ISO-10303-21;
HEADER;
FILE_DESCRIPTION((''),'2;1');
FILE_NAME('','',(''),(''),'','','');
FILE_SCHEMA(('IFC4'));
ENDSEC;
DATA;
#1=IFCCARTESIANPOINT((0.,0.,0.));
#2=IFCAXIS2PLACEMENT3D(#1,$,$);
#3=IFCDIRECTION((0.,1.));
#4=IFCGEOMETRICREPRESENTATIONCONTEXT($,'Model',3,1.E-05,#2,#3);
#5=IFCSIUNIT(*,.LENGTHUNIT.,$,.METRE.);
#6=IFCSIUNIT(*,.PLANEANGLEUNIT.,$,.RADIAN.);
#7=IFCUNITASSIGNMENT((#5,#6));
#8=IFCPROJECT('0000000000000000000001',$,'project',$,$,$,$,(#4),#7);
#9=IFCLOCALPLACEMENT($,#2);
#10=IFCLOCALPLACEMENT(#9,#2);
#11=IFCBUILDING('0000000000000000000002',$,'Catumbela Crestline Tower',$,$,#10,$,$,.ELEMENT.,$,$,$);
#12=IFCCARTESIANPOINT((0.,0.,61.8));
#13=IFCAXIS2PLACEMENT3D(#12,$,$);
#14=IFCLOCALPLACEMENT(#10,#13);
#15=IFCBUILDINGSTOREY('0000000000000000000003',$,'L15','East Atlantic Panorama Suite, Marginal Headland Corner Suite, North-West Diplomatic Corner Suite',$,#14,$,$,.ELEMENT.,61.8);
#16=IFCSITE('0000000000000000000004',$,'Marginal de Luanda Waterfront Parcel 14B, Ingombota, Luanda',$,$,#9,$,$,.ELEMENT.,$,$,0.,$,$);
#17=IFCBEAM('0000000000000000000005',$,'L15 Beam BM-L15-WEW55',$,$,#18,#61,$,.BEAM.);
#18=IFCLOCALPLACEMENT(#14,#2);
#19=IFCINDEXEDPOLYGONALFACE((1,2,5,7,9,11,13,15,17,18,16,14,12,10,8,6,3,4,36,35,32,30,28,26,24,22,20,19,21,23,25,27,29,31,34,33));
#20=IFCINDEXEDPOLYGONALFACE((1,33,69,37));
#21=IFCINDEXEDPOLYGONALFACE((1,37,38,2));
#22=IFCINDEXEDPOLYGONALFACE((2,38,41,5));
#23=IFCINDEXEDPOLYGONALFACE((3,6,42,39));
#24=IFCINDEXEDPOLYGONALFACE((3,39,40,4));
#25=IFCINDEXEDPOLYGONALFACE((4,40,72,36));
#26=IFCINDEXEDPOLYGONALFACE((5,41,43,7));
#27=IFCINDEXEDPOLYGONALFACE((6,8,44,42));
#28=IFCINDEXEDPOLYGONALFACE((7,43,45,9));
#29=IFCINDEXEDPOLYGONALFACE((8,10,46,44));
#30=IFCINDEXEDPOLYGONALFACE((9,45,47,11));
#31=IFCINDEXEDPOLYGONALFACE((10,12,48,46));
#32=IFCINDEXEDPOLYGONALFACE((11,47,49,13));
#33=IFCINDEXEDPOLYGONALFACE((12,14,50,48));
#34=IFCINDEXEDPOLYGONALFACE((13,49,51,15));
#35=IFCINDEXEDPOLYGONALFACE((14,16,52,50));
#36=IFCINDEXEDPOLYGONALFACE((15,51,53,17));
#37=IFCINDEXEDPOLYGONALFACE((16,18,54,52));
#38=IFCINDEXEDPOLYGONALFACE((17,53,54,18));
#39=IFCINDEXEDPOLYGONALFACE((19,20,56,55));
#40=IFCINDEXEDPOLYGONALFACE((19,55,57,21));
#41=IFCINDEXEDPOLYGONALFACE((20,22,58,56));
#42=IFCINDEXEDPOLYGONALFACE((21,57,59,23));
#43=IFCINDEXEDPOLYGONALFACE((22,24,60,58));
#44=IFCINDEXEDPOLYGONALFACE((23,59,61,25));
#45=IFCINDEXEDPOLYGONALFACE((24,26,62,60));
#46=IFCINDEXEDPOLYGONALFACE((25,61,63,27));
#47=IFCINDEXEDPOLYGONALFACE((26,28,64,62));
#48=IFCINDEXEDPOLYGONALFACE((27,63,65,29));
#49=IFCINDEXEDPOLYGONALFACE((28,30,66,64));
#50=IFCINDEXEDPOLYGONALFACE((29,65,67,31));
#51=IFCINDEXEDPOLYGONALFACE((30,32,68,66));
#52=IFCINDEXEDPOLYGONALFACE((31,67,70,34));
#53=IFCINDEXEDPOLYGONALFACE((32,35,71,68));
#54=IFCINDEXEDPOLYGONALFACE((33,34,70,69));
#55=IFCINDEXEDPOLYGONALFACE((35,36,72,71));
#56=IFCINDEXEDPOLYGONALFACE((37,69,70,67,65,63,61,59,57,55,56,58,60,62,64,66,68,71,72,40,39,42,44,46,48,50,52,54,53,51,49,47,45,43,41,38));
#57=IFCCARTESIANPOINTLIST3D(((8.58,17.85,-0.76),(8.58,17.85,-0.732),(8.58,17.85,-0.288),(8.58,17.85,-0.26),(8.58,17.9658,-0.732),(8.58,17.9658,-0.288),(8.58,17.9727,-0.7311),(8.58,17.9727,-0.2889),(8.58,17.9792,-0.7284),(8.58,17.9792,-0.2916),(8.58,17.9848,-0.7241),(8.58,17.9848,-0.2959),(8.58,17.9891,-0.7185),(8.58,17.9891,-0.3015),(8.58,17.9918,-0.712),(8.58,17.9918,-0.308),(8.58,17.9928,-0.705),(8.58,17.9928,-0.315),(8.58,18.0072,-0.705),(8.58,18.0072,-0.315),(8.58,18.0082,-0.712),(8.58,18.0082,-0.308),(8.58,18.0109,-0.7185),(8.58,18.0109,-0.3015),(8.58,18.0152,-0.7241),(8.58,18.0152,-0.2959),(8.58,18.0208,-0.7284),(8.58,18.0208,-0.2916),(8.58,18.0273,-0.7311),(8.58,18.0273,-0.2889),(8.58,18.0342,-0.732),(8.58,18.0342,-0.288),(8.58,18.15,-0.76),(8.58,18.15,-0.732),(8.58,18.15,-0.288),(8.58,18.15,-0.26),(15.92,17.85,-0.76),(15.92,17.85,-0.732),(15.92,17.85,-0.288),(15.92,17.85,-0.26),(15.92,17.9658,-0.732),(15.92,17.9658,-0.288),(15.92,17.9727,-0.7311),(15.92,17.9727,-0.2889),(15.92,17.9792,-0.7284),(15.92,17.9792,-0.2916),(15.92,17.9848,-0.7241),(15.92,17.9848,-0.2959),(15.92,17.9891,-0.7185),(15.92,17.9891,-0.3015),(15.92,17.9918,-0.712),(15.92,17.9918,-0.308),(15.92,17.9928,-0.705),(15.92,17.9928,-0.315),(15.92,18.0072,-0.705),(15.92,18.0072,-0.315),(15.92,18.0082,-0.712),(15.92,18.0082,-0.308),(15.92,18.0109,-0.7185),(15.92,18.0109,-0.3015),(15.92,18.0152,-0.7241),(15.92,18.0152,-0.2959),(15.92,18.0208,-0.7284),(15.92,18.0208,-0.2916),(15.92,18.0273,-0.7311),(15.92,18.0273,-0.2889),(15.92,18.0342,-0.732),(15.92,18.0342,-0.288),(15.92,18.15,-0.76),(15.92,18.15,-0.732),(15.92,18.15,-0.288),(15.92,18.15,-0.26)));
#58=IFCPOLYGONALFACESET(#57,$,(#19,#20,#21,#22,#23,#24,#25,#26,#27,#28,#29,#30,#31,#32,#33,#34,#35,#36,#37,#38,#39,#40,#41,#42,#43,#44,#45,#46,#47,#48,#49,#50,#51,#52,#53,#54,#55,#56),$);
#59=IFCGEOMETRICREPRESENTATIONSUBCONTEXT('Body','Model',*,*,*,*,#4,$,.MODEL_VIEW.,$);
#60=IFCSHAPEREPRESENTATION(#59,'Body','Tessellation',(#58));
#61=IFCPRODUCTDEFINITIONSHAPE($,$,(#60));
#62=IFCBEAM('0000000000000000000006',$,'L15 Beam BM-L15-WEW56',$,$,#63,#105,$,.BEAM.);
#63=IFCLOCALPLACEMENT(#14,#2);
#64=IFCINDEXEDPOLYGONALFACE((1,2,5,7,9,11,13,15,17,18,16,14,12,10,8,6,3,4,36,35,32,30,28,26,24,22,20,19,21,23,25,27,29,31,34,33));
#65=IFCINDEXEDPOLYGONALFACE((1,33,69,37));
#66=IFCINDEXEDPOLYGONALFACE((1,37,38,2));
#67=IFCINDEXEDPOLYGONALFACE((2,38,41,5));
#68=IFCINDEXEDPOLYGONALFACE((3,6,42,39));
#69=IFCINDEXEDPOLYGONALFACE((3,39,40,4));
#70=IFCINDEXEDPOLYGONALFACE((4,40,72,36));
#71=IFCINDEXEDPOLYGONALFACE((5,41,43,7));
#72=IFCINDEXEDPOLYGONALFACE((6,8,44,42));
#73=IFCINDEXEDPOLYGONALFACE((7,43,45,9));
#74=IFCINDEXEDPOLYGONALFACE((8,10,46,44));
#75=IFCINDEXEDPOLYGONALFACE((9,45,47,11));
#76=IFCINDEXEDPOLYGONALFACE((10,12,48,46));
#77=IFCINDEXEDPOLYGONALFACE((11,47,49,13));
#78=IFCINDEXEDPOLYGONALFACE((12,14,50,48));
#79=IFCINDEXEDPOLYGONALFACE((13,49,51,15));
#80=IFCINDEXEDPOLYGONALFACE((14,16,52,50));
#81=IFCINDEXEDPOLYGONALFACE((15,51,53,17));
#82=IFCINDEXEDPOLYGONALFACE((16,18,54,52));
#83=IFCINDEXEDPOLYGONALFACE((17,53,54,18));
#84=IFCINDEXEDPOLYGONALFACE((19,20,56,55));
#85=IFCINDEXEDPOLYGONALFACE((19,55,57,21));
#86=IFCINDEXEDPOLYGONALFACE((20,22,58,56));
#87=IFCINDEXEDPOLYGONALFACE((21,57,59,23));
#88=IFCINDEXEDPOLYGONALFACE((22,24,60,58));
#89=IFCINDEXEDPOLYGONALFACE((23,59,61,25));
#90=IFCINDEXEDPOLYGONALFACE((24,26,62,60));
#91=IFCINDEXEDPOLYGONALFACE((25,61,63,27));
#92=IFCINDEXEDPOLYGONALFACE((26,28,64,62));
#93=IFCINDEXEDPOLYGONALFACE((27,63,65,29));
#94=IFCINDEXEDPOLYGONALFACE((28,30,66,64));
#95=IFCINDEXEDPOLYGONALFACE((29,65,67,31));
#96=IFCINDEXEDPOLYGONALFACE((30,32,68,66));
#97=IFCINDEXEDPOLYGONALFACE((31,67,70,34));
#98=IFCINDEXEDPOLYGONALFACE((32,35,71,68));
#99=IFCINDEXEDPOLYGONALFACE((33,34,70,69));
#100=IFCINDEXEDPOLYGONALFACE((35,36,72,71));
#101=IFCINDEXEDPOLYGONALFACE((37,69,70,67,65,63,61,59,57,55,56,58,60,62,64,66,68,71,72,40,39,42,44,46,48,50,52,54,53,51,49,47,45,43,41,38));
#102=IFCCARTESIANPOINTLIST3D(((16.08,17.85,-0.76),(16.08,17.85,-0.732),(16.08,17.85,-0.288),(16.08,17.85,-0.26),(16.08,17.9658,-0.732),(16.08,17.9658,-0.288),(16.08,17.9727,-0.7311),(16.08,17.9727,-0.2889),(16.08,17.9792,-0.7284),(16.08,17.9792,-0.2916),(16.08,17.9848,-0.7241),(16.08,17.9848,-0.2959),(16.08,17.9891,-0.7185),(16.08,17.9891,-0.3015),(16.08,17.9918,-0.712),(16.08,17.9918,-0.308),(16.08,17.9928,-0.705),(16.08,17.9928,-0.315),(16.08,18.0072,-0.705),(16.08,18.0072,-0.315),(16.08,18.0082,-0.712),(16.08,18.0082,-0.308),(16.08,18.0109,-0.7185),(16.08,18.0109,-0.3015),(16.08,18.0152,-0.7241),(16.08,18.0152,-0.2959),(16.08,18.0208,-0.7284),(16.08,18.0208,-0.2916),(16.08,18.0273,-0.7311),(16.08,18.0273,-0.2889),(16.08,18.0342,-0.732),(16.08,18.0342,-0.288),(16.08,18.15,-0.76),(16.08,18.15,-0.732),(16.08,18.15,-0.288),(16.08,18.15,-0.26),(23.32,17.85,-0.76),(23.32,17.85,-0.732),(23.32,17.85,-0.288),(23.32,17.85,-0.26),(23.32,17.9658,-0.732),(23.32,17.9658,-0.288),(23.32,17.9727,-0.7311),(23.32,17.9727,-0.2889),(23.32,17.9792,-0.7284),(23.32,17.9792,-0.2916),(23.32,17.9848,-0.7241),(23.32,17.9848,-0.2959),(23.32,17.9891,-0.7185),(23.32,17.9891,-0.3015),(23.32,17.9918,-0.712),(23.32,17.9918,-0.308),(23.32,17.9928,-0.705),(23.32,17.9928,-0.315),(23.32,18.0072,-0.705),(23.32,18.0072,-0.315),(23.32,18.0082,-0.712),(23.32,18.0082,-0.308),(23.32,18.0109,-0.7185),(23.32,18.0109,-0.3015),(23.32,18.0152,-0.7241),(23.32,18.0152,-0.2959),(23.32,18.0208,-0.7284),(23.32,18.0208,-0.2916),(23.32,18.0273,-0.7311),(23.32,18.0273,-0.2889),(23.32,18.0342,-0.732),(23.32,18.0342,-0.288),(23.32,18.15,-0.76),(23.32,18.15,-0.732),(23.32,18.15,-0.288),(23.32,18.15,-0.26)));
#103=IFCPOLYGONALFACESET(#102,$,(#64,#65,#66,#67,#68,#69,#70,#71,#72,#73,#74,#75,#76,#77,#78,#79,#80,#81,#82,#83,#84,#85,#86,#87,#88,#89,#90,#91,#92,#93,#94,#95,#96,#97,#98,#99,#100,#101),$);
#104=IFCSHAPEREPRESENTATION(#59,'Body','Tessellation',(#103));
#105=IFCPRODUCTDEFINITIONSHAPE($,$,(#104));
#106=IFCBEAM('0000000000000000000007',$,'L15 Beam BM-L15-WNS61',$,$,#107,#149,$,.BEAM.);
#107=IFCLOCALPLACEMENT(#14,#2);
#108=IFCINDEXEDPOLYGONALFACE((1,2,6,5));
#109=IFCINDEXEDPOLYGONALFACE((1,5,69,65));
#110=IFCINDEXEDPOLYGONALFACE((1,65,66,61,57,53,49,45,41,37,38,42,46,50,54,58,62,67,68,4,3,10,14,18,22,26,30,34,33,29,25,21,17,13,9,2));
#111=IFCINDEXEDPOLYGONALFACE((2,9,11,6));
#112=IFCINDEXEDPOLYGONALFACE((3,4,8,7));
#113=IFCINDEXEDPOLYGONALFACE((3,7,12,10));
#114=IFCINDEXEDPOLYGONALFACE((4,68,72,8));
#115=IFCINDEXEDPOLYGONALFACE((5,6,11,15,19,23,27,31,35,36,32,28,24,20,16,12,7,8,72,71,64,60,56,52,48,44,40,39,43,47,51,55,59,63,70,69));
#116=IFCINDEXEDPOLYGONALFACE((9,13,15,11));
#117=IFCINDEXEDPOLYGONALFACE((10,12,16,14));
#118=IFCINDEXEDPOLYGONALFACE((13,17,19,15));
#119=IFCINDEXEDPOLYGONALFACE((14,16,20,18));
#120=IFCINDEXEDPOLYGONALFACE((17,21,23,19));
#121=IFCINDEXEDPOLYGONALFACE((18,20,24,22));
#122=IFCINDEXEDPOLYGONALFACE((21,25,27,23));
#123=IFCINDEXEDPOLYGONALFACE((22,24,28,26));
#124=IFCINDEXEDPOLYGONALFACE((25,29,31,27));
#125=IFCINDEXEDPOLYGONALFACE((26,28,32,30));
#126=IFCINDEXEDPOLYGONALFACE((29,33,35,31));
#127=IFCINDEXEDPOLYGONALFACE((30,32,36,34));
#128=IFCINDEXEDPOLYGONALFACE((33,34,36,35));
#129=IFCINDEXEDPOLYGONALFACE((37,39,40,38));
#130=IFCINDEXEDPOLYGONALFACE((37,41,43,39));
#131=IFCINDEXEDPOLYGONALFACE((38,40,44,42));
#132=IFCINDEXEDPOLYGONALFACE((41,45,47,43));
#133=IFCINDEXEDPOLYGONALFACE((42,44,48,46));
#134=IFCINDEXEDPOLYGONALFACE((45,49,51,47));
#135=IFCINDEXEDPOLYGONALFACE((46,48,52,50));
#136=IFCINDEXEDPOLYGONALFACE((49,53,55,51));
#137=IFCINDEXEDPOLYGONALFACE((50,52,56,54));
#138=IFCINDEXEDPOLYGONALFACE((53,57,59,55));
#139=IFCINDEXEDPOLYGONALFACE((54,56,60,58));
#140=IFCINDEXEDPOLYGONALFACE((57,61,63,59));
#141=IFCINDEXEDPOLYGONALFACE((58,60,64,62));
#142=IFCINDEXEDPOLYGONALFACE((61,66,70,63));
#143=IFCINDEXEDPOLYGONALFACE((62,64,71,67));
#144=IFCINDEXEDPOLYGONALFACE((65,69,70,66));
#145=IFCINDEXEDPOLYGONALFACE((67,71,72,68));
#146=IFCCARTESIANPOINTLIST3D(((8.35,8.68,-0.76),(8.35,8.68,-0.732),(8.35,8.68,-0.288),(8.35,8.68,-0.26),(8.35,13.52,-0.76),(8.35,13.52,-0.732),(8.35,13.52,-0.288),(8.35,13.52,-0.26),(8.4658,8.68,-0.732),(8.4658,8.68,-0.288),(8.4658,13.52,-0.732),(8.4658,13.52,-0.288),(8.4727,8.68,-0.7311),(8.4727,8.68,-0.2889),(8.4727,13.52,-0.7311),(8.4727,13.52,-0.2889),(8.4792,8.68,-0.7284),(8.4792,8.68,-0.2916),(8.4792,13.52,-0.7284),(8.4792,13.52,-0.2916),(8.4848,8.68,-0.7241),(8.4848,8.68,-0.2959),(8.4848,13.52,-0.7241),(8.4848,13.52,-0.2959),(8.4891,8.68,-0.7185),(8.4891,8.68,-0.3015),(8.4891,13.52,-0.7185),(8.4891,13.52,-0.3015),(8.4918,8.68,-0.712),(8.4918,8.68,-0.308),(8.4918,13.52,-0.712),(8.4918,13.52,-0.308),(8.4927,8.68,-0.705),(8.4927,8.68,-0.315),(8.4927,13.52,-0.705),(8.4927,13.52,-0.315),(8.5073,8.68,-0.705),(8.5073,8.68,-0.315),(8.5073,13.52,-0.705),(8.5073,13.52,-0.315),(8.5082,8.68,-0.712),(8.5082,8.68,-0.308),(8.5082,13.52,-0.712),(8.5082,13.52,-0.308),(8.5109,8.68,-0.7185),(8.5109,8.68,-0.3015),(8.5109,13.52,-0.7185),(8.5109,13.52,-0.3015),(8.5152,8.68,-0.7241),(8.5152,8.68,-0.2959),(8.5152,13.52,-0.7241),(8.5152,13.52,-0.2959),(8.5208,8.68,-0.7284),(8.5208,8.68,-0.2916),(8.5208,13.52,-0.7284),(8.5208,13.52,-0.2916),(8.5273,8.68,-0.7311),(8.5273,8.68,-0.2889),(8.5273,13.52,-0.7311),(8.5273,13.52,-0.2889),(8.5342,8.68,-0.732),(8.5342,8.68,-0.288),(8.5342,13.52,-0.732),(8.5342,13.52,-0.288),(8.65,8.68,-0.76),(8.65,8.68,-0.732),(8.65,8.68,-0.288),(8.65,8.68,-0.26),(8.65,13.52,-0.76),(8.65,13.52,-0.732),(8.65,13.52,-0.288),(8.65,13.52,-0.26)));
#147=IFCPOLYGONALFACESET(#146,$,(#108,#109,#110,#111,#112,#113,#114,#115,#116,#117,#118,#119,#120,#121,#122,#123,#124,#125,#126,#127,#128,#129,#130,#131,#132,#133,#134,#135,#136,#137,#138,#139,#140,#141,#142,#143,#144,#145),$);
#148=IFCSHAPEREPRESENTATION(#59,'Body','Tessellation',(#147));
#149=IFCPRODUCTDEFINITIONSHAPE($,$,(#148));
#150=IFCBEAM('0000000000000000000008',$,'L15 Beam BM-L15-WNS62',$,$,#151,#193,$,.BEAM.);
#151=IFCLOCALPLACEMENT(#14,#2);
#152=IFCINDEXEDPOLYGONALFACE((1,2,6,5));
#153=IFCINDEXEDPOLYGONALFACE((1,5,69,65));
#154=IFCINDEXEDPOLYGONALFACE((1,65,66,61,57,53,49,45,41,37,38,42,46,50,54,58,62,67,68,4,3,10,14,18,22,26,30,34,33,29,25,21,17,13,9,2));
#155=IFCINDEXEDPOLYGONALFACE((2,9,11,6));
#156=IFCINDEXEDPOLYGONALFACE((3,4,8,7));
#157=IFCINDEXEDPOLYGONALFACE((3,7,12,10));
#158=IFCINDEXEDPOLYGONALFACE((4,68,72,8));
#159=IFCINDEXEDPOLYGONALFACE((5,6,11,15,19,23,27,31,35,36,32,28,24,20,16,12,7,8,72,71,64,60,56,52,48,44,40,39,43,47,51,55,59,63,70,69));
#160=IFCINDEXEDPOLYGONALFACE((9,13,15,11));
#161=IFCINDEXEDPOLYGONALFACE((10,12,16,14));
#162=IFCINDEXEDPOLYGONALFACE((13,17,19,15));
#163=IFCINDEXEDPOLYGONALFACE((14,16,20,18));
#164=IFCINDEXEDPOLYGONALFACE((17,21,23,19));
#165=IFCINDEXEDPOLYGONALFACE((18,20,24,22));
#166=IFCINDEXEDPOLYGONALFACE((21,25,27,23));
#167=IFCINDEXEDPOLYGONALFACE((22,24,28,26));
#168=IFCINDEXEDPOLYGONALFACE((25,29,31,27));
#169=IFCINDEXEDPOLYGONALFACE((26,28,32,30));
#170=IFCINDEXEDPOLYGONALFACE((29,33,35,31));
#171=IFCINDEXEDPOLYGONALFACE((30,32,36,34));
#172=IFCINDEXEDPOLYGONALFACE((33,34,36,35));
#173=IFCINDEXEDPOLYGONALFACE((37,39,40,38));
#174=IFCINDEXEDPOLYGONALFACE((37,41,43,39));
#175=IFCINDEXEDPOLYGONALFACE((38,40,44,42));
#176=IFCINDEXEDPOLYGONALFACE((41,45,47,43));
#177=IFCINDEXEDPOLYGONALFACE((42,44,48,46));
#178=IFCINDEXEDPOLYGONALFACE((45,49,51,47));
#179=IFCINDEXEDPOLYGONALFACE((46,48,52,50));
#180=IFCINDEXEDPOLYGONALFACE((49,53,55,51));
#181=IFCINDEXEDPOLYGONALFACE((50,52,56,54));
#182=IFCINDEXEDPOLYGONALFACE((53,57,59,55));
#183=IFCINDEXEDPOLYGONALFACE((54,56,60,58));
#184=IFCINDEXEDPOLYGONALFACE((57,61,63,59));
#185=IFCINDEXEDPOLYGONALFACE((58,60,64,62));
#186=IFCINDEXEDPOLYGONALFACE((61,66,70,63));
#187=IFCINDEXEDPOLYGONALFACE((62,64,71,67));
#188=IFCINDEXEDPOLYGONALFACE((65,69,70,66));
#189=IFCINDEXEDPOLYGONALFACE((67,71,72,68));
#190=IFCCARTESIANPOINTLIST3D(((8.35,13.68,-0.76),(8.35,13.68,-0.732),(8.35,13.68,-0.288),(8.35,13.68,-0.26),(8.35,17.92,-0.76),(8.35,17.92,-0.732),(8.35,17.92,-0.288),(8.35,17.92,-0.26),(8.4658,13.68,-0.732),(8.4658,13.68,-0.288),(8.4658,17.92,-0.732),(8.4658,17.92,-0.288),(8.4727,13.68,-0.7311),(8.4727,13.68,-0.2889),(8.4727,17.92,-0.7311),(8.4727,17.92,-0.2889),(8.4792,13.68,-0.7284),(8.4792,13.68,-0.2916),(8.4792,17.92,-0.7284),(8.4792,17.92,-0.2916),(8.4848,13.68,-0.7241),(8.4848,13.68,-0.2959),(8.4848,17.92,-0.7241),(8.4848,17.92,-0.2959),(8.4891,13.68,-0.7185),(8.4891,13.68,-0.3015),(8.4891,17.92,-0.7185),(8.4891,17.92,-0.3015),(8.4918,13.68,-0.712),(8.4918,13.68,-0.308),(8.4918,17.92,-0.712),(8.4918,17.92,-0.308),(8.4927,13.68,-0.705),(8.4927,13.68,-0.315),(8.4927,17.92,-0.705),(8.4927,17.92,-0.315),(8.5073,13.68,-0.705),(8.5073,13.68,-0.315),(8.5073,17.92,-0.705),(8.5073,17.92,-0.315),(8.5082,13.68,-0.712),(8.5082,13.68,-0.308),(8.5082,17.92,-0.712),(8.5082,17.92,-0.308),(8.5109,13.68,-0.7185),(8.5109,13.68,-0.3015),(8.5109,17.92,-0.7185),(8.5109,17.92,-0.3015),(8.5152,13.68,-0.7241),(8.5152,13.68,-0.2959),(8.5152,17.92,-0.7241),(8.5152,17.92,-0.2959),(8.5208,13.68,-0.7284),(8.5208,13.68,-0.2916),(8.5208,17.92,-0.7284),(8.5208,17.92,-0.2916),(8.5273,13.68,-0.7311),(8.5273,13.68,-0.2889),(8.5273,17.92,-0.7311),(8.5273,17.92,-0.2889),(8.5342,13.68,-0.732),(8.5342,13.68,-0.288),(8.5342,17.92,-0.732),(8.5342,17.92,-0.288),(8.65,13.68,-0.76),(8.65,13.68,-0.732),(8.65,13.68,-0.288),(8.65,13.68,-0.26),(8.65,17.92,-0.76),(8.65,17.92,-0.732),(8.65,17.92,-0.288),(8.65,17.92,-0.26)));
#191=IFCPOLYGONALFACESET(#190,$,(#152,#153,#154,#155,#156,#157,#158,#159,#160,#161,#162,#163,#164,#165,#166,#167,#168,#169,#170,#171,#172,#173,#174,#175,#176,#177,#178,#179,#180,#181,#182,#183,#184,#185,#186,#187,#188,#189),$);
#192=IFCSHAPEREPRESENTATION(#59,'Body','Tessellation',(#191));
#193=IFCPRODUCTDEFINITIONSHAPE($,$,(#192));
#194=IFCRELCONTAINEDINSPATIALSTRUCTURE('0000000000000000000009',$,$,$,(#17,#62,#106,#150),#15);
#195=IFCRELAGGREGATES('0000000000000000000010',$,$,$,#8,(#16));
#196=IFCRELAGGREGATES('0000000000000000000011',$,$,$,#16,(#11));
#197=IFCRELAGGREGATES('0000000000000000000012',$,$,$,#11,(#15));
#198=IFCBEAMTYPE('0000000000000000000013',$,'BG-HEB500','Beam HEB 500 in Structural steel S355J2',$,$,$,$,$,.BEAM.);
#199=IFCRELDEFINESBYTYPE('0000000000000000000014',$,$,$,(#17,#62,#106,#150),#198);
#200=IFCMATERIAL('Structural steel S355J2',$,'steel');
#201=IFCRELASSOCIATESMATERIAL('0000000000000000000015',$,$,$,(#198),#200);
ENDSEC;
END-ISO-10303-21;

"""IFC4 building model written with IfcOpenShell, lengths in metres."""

from ifc_helpers import new_model, si_unit, direction, frame, origin, origin_2d, place, context, subcontext, project, spatial, i_section, extrude, material, material_profile, profile_set, type_object, element, save


model = new_model("IFC4")

# Units and contexts
model_context = context("Model", 3, precision=1e-05, world=origin(), true_north=direction((0.0, 1.0)))
body_context = subcontext(model_context, "Body", "Model", "MODEL_VIEW")
ifc_project = project(units=[si_unit("LENGTHUNIT", "METRE"), si_unit("PLANEANGLEUNIT", "RADIAN")], contexts=[model_context])

# Site, building, storey
site_placement = place(None, origin())
site = spatial("IfcSite", under=ifc_project, at=site_placement, Name="Marginal de Luanda Waterfront Parcel 14B, Ingombota, Luanda", CompositionType="ELEMENT", RefElevation=0.0)
building_placement = place(site_placement, origin())
building = spatial("IfcBuilding", under=site, at=building_placement, Name="Catumbela Crestline Tower", CompositionType="ELEMENT")
storey_placement = place(building_placement, frame((0.0, 0.0, 61.8)))
storey = spatial("IfcBuildingStorey", under=building, at=storey_placement, Name="L15", Description="East Atlantic Panorama Suite, Marginal Headland Corner Suite, North-West Diplomatic Corner Suite", CompositionType="ELEMENT", Elevation=61.8)

# Beams
ifc_material_1 = material(Name="Structural steel S355J2", Category="steel")
ifc_material_profile_1 = material_profile(ifc_material_1, i_section(OverallWidth=0.3, OverallDepth=0.5, WebThickness=0.0145, FlangeThickness=0.028, FilletRadius=0.027, at=origin_2d()), Name="HEB 500")
ifc_profile_set_1 = profile_set([ifc_material_profile_1], Name="Structural steel S355J2")
beam_type_1 = type_object("IfcBeamType", Name="BG-HEB500", Description="Beam HEB 500 in Structural steel S355J2", PredefinedType="BEAM", material=ifc_profile_set_1)
beam_1_placement = place(storey_placement, frame((8.58, 18.0, -0.51), z_axis=(1.0, 0.0, 0.0), x_axis=(0.0, 1.0, 0.0)))
element("IfcBeam", 1, at=beam_1_placement, inside=storey, type_object=beam_type_1, Name="L15 Beam BM-L15-WEW55", PredefinedType="BEAM", context=body_context, shape_type="SweptSolid", body=[
    extrude(i_section(OverallWidth=0.3, OverallDepth=0.5, WebThickness=0.0145, FlangeThickness=0.028, FilletRadius=0.027, at=origin_2d()), origin(), (0.0, 0.0, 1.0), 7.34),
])
beam_2_placement = place(storey_placement, frame((16.08, 18.0, -0.51), z_axis=(1.0, 0.0, 0.0), x_axis=(0.0, 1.0, 0.0)))
element("IfcBeam", 2, at=beam_2_placement, inside=storey, type_object=beam_type_1, Name="L15 Beam BM-L15-WEW56", PredefinedType="BEAM", context=body_context, shape_type="SweptSolid", body=[
    extrude(i_section(OverallWidth=0.3, OverallDepth=0.5, WebThickness=0.0145, FlangeThickness=0.028, FilletRadius=0.027, at=origin_2d()), origin(), (0.0, 0.0, 1.0), 7.24),
])
beam_3_placement = place(storey_placement, frame((8.5, 8.68, -0.51), z_axis=(0.0, 1.0, 0.0), x_axis=(-1.0, 0.0, 0.0)))
element("IfcBeam", 3, at=beam_3_placement, inside=storey, type_object=beam_type_1, Name="L15 Beam BM-L15-WNS61", PredefinedType="BEAM", context=body_context, shape_type="SweptSolid", body=[
    extrude(i_section(OverallWidth=0.3, OverallDepth=0.5, WebThickness=0.0145, FlangeThickness=0.028, FilletRadius=0.027, at=origin_2d()), origin(), (0.0, 0.0, 1.0), 4.84),
])
beam_4_placement = place(storey_placement, frame((8.5, 13.68, -0.51), z_axis=(0.0, 1.0, 0.0), x_axis=(-1.0, 0.0, 0.0)))
element("IfcBeam", 4, at=beam_4_placement, inside=storey, type_object=beam_type_1, Name="L15 Beam BM-L15-WNS62", PredefinedType="BEAM", context=body_context, shape_type="SweptSolid", body=[
    extrude(i_section(OverallWidth=0.3, OverallDepth=0.5, WebThickness=0.0145, FlangeThickness=0.028, FilletRadius=0.027, at=origin_2d()), origin(), (0.0, 0.0, 1.0), 4.24),
])

save(model, "model.ifc")
